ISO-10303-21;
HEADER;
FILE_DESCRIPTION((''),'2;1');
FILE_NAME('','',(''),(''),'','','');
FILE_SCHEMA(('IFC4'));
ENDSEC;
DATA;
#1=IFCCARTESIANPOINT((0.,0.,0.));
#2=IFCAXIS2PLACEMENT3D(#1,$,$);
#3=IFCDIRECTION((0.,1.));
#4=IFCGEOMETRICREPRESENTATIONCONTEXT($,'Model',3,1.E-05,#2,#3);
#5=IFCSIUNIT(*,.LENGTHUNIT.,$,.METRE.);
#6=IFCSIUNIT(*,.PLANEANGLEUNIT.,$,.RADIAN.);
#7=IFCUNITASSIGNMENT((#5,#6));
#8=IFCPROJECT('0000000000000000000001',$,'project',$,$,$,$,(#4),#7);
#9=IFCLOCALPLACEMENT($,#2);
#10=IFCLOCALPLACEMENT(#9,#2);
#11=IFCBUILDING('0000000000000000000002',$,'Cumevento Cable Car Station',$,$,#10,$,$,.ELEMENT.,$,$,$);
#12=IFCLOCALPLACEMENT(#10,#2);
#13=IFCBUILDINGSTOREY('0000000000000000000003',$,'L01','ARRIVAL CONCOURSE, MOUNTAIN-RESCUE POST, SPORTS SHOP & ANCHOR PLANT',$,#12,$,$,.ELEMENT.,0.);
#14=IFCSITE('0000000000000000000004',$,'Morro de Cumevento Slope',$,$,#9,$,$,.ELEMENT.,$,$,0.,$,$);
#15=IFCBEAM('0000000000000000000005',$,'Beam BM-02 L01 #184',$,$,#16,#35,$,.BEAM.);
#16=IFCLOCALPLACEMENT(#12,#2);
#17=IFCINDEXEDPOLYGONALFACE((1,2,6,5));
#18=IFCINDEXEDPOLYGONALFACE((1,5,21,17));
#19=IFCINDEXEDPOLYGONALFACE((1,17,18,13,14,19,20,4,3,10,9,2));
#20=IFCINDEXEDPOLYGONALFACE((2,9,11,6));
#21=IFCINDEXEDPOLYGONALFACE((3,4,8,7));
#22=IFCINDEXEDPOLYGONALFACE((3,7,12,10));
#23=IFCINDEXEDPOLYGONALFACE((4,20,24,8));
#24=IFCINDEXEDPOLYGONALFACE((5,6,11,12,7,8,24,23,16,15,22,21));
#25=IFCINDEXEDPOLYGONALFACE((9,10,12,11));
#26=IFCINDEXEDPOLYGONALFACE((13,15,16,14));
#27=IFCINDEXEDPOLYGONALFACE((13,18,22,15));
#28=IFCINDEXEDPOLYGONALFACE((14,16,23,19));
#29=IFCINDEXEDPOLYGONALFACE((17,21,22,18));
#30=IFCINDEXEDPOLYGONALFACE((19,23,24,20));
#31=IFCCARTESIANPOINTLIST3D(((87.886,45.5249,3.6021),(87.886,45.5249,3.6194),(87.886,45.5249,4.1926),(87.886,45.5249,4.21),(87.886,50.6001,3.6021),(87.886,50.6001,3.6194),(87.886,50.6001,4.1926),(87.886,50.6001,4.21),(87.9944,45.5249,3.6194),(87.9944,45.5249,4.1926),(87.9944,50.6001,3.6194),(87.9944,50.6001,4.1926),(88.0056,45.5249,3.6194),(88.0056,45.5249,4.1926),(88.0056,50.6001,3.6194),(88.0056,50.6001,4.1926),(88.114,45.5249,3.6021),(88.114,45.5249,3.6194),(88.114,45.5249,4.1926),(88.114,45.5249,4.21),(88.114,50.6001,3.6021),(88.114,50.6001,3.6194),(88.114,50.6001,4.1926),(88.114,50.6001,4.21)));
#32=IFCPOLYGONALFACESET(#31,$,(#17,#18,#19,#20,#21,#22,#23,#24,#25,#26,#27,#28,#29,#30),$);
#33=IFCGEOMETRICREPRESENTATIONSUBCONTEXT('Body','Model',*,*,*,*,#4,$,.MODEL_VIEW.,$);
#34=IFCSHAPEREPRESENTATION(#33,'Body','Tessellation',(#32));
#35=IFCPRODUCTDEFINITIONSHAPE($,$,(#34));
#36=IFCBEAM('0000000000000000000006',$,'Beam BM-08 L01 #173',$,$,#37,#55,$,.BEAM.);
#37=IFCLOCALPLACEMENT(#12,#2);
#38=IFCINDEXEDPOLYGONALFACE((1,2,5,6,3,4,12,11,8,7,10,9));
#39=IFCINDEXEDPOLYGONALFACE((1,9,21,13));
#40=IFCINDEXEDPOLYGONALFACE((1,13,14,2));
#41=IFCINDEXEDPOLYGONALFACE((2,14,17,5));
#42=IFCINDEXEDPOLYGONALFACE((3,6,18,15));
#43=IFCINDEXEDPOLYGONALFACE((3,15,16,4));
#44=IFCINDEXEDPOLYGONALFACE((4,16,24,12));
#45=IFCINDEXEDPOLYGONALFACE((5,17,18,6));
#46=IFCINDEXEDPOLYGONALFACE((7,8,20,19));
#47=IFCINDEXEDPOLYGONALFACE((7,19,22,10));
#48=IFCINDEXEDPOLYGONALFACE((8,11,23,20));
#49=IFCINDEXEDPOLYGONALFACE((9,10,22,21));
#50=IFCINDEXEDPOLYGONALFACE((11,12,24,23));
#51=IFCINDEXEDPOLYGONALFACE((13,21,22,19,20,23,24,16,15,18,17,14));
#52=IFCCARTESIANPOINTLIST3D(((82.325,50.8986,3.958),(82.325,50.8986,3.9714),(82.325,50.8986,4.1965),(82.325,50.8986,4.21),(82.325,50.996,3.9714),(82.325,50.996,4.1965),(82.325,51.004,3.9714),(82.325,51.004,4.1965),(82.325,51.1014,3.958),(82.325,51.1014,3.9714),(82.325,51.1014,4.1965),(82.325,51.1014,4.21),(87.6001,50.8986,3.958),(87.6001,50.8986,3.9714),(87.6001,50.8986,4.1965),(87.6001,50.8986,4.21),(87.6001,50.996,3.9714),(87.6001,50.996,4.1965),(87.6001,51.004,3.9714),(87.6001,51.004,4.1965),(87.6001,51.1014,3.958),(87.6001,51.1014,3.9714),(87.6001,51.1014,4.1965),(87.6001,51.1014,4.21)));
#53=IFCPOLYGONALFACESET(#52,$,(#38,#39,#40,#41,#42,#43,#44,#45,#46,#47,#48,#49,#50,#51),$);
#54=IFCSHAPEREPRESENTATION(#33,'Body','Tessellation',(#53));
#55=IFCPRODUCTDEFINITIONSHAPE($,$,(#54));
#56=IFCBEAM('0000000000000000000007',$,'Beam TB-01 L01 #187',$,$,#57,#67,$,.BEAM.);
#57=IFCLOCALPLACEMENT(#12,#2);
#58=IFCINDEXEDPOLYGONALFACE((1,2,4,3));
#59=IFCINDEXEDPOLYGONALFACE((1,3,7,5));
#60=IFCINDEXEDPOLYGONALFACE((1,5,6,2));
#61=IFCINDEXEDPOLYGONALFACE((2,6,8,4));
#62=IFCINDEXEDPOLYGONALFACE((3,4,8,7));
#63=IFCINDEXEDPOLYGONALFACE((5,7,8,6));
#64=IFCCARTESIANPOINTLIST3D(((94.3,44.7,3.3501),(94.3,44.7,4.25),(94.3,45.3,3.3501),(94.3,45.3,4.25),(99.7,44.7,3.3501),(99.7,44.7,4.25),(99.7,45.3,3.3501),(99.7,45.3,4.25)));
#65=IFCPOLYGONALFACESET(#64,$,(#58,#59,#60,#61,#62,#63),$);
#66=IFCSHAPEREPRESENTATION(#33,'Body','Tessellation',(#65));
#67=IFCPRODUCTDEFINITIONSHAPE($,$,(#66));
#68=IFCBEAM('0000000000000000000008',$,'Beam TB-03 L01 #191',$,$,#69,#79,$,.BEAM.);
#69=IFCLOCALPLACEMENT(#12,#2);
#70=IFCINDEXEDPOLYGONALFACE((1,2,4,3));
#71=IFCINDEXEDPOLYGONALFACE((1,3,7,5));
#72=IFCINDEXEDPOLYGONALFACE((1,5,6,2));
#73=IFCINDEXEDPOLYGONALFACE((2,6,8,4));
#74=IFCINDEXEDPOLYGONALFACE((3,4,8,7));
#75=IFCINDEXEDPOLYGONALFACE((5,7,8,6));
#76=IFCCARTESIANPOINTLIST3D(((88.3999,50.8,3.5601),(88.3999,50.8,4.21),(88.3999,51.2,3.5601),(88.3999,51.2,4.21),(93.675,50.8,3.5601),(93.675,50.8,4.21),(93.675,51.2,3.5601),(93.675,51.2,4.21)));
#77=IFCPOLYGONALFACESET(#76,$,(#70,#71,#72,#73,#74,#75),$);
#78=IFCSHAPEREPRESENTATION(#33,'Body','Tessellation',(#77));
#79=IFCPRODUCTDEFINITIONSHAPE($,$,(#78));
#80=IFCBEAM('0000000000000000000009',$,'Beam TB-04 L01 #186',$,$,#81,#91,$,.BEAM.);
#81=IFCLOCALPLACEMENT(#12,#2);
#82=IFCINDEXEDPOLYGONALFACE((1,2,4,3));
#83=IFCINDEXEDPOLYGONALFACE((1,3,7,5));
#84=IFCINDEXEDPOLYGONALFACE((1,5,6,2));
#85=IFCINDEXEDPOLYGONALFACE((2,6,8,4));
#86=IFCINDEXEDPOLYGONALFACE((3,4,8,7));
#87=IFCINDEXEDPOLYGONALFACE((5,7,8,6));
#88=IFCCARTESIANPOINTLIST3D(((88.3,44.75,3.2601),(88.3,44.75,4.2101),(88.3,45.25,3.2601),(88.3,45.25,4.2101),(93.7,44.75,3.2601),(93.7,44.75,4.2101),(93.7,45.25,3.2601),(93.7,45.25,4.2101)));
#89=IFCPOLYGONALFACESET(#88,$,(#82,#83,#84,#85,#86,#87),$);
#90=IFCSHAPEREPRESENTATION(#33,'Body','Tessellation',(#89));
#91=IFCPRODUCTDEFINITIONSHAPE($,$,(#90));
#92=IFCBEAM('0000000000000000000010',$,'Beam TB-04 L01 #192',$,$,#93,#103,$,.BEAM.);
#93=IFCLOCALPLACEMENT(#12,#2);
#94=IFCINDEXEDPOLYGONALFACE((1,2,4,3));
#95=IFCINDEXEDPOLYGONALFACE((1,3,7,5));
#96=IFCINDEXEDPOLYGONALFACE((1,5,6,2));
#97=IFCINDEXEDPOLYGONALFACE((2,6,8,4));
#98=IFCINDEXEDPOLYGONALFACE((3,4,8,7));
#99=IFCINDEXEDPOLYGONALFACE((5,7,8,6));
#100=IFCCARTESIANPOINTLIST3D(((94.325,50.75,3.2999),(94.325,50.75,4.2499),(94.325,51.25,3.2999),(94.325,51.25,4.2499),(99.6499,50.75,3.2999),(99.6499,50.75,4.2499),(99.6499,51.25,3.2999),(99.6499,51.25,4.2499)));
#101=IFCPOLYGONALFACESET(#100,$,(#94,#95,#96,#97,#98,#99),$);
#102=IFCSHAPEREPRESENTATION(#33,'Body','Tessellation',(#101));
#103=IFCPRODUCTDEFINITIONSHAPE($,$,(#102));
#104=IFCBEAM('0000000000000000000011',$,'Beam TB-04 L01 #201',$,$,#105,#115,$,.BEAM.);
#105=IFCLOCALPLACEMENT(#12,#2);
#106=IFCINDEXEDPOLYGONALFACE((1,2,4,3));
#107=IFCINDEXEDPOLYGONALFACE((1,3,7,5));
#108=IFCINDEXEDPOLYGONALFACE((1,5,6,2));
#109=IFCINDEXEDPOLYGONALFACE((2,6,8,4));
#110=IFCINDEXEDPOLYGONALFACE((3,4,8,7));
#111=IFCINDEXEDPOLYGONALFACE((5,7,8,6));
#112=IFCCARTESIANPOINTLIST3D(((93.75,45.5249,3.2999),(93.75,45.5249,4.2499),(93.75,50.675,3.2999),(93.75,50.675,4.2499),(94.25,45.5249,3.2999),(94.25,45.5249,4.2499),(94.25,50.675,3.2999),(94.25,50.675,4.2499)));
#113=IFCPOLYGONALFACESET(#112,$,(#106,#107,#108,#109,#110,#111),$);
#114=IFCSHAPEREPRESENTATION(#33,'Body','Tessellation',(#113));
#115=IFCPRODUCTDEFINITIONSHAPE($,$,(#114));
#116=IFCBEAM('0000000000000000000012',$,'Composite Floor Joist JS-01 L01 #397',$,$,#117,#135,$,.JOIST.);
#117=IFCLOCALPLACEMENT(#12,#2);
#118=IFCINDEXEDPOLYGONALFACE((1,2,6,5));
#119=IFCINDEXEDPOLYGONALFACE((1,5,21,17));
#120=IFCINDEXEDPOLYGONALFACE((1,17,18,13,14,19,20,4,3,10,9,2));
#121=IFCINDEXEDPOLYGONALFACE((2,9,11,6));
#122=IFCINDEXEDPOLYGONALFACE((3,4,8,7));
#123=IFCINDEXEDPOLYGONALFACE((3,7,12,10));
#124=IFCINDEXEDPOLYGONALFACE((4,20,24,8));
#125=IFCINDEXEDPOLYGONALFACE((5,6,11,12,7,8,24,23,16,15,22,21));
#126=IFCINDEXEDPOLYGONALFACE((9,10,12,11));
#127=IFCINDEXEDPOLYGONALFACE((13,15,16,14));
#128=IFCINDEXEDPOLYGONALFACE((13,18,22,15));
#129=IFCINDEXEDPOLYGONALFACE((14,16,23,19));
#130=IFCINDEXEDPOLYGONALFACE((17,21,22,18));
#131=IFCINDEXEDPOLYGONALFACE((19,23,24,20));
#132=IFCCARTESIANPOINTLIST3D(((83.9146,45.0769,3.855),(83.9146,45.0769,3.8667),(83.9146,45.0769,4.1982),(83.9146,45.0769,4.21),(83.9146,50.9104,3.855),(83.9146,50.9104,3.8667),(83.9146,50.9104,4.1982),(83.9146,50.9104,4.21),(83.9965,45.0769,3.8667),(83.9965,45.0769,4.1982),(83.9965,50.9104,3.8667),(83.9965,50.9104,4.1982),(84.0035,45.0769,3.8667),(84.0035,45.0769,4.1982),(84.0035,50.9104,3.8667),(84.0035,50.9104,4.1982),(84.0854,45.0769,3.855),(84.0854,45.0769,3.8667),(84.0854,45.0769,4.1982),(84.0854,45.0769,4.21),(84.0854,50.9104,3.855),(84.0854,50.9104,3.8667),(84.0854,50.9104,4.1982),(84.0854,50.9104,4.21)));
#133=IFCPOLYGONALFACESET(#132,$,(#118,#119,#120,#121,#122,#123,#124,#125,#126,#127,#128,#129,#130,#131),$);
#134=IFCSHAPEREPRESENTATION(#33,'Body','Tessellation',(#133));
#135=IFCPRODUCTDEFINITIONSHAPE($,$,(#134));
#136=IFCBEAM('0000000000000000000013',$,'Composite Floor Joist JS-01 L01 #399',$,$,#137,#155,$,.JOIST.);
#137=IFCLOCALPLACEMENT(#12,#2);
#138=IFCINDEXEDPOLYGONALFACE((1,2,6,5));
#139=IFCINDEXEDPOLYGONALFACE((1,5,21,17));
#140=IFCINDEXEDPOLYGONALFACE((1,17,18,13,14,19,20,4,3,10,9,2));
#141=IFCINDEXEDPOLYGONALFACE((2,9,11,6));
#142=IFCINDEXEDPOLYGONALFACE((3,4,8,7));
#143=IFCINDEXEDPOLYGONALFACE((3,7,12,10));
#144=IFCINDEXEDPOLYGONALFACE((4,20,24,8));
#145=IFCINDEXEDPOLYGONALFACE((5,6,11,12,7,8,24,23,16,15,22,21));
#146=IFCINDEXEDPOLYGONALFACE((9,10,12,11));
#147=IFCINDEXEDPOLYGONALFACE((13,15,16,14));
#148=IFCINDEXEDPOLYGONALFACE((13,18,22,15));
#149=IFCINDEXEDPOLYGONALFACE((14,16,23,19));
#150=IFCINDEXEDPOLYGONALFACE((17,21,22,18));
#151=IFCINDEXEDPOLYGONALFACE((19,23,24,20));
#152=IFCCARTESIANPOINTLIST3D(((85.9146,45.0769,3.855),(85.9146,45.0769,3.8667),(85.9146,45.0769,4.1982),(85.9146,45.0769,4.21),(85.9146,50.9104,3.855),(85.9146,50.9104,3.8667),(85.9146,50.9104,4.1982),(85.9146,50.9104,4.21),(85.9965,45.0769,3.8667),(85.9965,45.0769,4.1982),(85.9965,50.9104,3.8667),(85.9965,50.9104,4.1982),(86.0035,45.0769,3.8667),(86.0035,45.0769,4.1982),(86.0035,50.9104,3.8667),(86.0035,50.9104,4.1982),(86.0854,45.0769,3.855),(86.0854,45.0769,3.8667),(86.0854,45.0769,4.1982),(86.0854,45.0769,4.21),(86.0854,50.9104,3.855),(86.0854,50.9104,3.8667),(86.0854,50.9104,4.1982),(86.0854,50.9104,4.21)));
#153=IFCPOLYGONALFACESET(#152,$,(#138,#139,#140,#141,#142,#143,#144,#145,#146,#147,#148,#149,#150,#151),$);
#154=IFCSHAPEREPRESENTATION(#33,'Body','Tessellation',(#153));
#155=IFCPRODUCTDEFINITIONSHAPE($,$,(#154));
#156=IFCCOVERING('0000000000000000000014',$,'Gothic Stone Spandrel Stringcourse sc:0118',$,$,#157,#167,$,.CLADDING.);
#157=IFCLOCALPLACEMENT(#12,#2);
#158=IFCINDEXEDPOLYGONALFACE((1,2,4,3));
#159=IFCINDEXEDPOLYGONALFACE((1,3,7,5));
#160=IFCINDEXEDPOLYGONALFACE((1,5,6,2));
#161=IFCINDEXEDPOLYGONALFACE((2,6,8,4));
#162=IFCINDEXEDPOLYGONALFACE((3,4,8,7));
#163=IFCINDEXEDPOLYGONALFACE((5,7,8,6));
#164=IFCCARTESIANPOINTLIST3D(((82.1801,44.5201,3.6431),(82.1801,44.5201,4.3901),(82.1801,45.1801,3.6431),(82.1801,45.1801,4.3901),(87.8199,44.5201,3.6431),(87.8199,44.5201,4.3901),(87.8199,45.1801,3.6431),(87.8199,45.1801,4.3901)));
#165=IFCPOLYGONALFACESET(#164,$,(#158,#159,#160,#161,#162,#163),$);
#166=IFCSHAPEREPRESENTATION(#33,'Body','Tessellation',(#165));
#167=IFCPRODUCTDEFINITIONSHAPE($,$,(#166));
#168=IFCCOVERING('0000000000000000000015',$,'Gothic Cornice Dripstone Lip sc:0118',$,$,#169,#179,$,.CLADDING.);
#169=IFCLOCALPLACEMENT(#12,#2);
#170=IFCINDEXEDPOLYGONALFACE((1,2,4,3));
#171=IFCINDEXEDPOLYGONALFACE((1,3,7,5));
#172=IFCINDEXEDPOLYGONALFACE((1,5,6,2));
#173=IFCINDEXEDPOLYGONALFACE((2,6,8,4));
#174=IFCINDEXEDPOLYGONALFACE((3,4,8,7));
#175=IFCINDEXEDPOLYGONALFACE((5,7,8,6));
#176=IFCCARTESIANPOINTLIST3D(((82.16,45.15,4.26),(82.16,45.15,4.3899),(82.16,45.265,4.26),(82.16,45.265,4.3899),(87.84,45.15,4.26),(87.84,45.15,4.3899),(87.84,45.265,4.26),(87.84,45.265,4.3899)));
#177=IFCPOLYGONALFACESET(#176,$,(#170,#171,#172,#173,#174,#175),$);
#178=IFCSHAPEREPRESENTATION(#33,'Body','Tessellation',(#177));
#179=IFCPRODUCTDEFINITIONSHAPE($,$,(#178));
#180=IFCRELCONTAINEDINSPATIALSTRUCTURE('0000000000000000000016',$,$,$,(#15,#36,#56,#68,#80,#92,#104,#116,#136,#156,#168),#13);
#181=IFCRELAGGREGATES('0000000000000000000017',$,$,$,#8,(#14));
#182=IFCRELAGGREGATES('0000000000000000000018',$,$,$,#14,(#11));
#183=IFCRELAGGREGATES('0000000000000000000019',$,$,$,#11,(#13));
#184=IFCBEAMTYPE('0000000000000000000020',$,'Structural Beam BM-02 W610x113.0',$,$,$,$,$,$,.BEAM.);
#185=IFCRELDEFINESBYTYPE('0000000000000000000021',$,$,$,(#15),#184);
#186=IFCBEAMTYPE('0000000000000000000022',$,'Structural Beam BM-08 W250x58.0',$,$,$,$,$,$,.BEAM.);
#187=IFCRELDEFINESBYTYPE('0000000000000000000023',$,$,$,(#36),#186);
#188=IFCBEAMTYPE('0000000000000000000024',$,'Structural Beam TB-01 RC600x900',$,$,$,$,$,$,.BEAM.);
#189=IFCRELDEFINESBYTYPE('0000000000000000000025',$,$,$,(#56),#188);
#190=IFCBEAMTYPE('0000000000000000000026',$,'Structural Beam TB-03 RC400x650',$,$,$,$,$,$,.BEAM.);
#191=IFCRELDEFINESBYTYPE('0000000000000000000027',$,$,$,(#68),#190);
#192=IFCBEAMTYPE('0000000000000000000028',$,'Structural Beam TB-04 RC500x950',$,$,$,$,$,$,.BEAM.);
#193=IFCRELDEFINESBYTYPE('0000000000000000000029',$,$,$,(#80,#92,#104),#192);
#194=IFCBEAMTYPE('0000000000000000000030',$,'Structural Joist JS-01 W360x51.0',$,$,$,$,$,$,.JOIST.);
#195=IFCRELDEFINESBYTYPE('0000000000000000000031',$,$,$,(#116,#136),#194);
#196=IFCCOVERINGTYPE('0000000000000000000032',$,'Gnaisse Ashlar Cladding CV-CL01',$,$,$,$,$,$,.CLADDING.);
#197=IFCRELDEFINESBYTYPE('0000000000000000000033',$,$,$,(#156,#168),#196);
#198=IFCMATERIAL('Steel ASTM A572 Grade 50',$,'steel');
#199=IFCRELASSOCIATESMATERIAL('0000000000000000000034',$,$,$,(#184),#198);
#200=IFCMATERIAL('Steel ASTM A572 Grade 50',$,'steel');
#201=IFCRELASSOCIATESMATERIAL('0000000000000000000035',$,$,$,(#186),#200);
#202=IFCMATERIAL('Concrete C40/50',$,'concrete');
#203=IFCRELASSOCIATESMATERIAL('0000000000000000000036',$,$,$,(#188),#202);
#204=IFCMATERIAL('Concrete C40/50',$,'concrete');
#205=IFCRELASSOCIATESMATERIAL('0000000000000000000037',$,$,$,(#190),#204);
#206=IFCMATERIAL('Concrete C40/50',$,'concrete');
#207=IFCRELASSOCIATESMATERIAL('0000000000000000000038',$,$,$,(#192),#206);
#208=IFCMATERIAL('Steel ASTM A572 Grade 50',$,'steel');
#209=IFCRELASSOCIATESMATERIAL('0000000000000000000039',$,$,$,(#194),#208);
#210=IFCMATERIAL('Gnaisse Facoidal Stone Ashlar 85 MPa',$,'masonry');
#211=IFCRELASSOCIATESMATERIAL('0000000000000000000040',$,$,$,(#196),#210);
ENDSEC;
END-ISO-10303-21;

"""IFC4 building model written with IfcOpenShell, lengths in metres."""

from ifc_helpers import new_model, si_unit, direction, frame, origin, origin_2d, place, context, subcontext, project, spatial, rectangle, i_section, extrude, material, material_profile, profile_set, type_object, element, save


model = new_model("IFC4")

# Units and contexts
model_context = context("Model", 3, precision=1e-05, world=origin(), true_north=direction((0.0, 1.0)))
body_context = subcontext(model_context, "Body", "Model", "MODEL_VIEW")
ifc_project = project(units=[si_unit("LENGTHUNIT", "METRE"), si_unit("PLANEANGLEUNIT", "RADIAN")], contexts=[model_context])

# Site, building, storey
site_placement = place(None, origin())
site = spatial("IfcSite", under=ifc_project, at=site_placement, Name="Morro de Cumevento Slope", CompositionType="ELEMENT", RefElevation=0.0)
building_placement = place(site_placement, origin())
building = spatial("IfcBuilding", under=site, at=building_placement, Name="Cumevento Cable Car Station", CompositionType="ELEMENT")
storey_placement = place(building_placement, origin())
storey = spatial("IfcBuildingStorey", under=building, at=storey_placement, Name="L01", Description="ARRIVAL CONCOURSE, MOUNTAIN-RESCUE POST, SPORTS SHOP & ANCHOR PLANT", CompositionType="ELEMENT", Elevation=0.0)

# Beams
ifc_material_1 = material(Name="Steel ASTM A572 Grade 50", Category="steel")
ifc_material_profile_1 = material_profile(ifc_material_1, i_section(OverallWidth=0.228, OverallDepth=0.6079, WebThickness=0.0112, FlangeThickness=0.0173, at=origin_2d()), Name="W610x113.0")
ifc_profile_set_1 = profile_set([ifc_material_profile_1], Name="Steel ASTM A572 Grade 50")
beam_type_1 = type_object("IfcBeamType", Name="Structural Beam BM-02 W610x113.0", PredefinedType="BEAM", material=ifc_profile_set_1)
beam_1_placement = place(storey_placement, frame((88.0, 45.5249, 3.906), z_axis=(0.0, 1.0, 0.0), x_axis=(-1.0, 0.0, 0.0)))
element("IfcBeam", 1, at=beam_1_placement, inside=storey, type_object=beam_type_1, Name="Beam BM-02 L01 #184", PredefinedType="BEAM", context=body_context, shape_type="SweptSolid", body=[
    extrude(i_section(OverallWidth=0.228, OverallDepth=0.6079, WebThickness=0.0112, FlangeThickness=0.0173, at=origin_2d()), origin(), (0.0, 0.0, 1.0), 5.0752),
])
ifc_material_2 = material(Name="Steel ASTM A572 Grade 50", Category="steel")
ifc_material_profile_2 = material_profile(ifc_material_2, i_section(OverallWidth=0.2029, OverallDepth=0.252, WebThickness=0.0081, FlangeThickness=0.0134, at=origin_2d()), Name="W250x58.0")
ifc_profile_set_2 = profile_set([ifc_material_profile_2], Name="Steel ASTM A572 Grade 50")
beam_type_2 = type_object("IfcBeamType", Name="Structural Beam BM-08 W250x58.0", PredefinedType="BEAM", material=ifc_profile_set_2)
beam_2_placement = place(storey_placement, frame((82.325, 51.0, 4.084), z_axis=(1.0, 0.0, 0.0), x_axis=(0.0, 1.0, 0.0)))
element("IfcBeam", 2, at=beam_2_placement, inside=storey, type_object=beam_type_2, Name="Beam BM-08 L01 #173", PredefinedType="BEAM", context=body_context, shape_type="SweptSolid", body=[
    extrude(i_section(OverallWidth=0.2029, OverallDepth=0.252, WebThickness=0.0081, FlangeThickness=0.0134, at=origin_2d()), origin(), (0.0, 0.0, 1.0), 5.2751),
])
ifc_material_3 = material(Name="Concrete C40/50", Category="concrete")
ifc_material_profile_3 = material_profile(ifc_material_3, rectangle(XDim=0.6001, YDim=0.8999, at=origin_2d()), Name="RC600x900")
ifc_profile_set_3 = profile_set([ifc_material_profile_3], Name="Concrete C40/50")
beam_type_3 = type_object("IfcBeamType", Name="Structural Beam TB-01 RC600x900", PredefinedType="BEAM", material=ifc_profile_set_3)
beam_3_placement = place(storey_placement, frame((94.3, 45.0, 3.8), z_axis=(1.0, 0.0, 0.0), x_axis=(0.0, 1.0, 0.0)))
element("IfcBeam", 3, at=beam_3_placement, inside=storey, type_object=beam_type_3, Name="Beam TB-01 L01 #187", PredefinedType="BEAM", context=body_context, shape_type="SweptSolid", body=[
    extrude(rectangle(XDim=0.6001, YDim=0.8999, at=origin_2d()), origin(), (0.0, 0.0, 1.0), 5.3999),
])
ifc_material_4 = material(Name="Concrete C40/50", Category="concrete")
ifc_material_profile_4 = material_profile(ifc_material_4, rectangle(XDim=0.3999, YDim=0.6499, at=origin_2d()), Name="RC400x650")
ifc_profile_set_4 = profile_set([ifc_material_profile_4], Name="Concrete C40/50")
beam_type_4 = type_object("IfcBeamType", Name="Structural Beam TB-03 RC400x650", PredefinedType="BEAM", material=ifc_profile_set_4)
beam_4_placement = place(storey_placement, frame((88.3999, 51.0, 3.885), z_axis=(1.0, 0.0, 0.0), x_axis=(0.0, 1.0, 0.0)))
element("IfcBeam", 4, at=beam_4_placement, inside=storey, type_object=beam_type_4, Name="Beam TB-03 L01 #191", PredefinedType="BEAM", context=body_context, shape_type="SweptSolid", body=[
    extrude(rectangle(XDim=0.3999, YDim=0.6499, at=origin_2d()), origin(), (0.0, 0.0, 1.0), 5.2751),
])
ifc_material_5 = material(Name="Concrete C40/50", Category="concrete")
ifc_material_profile_5 = material_profile(ifc_material_5, rectangle(XDim=0.5, YDim=0.95, at=origin_2d()), Name="RC500x950")
ifc_profile_set_5 = profile_set([ifc_material_profile_5], Name="Concrete C40/50")
beam_type_5 = type_object("IfcBeamType", Name="Structural Beam TB-04 RC500x950", PredefinedType="BEAM", material=ifc_profile_set_5)
beam_5_placement = place(storey_placement, frame((88.3, 45.0, 3.7351), z_axis=(1.0, 0.0, 0.0), x_axis=(0.0, 1.0, 0.0)))
element("IfcBeam", 5, at=beam_5_placement, inside=storey, type_object=beam_type_5, Name="Beam TB-04 L01 #186", PredefinedType="BEAM", context=body_context, shape_type="SweptSolid", body=[
    extrude(rectangle(XDim=0.5, YDim=0.95, at=origin_2d()), origin(), (0.0, 0.0, 1.0), 5.3999),
])
beam_6_placement = place(storey_placement, frame((94.325, 51.0, 3.7749), z_axis=(1.0, 0.0, 0.0), x_axis=(0.0, 1.0, 0.0)))
element("IfcBeam", 6, at=beam_6_placement, inside=storey, type_object=beam_type_5, Name="Beam TB-04 L01 #192", PredefinedType="BEAM", context=body_context, shape_type="SweptSolid", body=[
    extrude(rectangle(XDim=0.5, YDim=0.95, at=origin_2d()), origin(), (0.0, 0.0, 1.0), 5.325),
])
beam_7_placement = place(storey_placement, frame((94.0, 45.5249, 3.7749), z_axis=(0.0, 1.0, 0.0), x_axis=(-1.0, 0.0, 0.0)))
element("IfcBeam", 7, at=beam_7_placement, inside=storey, type_object=beam_type_5, Name="Beam TB-04 L01 #201", PredefinedType="BEAM", context=body_context, shape_type="SweptSolid", body=[
    extrude(rectangle(XDim=0.5, YDim=0.95, at=origin_2d()), origin(), (0.0, 0.0, 1.0), 5.1501),
])
ifc_material_6 = material(Name="Steel ASTM A572 Grade 50", Category="steel")
ifc_material_profile_6 = material_profile(ifc_material_6, i_section(OverallWidth=0.1709, OverallDepth=0.355, WebThickness=0.0071, FlangeThickness=0.0117, at=origin_2d()), Name="W360x51.0")
ifc_profile_set_6 = profile_set([ifc_material_profile_6], Name="Steel ASTM A572 Grade 50")
beam_type_6 = type_object("IfcBeamType", Name="Structural Joist JS-01 W360x51.0", PredefinedType="JOIST", material=ifc_profile_set_6)
for number, where, z_axis, x_axis, name in (
    (8, (84.0, 45.0769, 4.0325), (0.0, 1.0, 0.0), (-1.0, 0.0, 0.0), "Composite Floor Joist JS-01 L01 #397"),
    (9, (86.0, 45.0769, 4.0325), (0.0, 1.0, 0.0), (-1.0, 0.0, 0.0), "Composite Floor Joist JS-01 L01 #399"),
):
    element("IfcBeam", number, at=place(storey_placement, frame(where, z_axis=z_axis, x_axis=x_axis)), inside=storey, type_object=beam_type_6, Name=name, PredefinedType="JOIST", context=body_context, shape_type="SweptSolid", body=[
        extrude(i_section(OverallWidth=0.1709, OverallDepth=0.355, WebThickness=0.0071, FlangeThickness=0.0117, at=origin_2d()), origin(), (0.0, 0.0, 1.0), 5.8335),
    ])

# Coverings
ifc_material_7 = material(Name="Gnaisse Facoidal Stone Ashlar 85 MPa", Category="masonry")
covering_type = type_object("IfcCoveringType", Name="Gnaisse Ashlar Cladding CV-CL01", PredefinedType="CLADDING", material=ifc_material_7)
covering_1_placement = place(storey_placement, frame((85.0, 44.8501, 3.6431), z_axis=(0.0, 0.0, 1.0), x_axis=(1.0, 0.0, 0.0)))
element("IfcCovering", 10, at=covering_1_placement, inside=storey, type_object=covering_type, Name="Gothic Stone Spandrel Stringcourse sc:0118", PredefinedType="CLADDING", context=body_context, shape_type="SweptSolid", body=[
    extrude(rectangle(XDim=5.6399, YDim=0.6599, at=origin_2d()), origin(), (0.0, 0.0, 1.0), 0.7471),
])
covering_2_placement = place(storey_placement, frame((85.0, 45.2075, 4.26), z_axis=(0.0, 0.0, 1.0), x_axis=(1.0, 0.0, 0.0)))
element("IfcCovering", 11, at=covering_2_placement, inside=storey, type_object=covering_type, Name="Gothic Cornice Dripstone Lip sc:0118", PredefinedType="CLADDING", context=body_context, shape_type="SweptSolid", body=[
    extrude(rectangle(XDim=5.6799, YDim=0.115, at=origin_2d()), origin(), (0.0, 0.0, 1.0), 0.1299),
])

save(model, "model.ifc")
